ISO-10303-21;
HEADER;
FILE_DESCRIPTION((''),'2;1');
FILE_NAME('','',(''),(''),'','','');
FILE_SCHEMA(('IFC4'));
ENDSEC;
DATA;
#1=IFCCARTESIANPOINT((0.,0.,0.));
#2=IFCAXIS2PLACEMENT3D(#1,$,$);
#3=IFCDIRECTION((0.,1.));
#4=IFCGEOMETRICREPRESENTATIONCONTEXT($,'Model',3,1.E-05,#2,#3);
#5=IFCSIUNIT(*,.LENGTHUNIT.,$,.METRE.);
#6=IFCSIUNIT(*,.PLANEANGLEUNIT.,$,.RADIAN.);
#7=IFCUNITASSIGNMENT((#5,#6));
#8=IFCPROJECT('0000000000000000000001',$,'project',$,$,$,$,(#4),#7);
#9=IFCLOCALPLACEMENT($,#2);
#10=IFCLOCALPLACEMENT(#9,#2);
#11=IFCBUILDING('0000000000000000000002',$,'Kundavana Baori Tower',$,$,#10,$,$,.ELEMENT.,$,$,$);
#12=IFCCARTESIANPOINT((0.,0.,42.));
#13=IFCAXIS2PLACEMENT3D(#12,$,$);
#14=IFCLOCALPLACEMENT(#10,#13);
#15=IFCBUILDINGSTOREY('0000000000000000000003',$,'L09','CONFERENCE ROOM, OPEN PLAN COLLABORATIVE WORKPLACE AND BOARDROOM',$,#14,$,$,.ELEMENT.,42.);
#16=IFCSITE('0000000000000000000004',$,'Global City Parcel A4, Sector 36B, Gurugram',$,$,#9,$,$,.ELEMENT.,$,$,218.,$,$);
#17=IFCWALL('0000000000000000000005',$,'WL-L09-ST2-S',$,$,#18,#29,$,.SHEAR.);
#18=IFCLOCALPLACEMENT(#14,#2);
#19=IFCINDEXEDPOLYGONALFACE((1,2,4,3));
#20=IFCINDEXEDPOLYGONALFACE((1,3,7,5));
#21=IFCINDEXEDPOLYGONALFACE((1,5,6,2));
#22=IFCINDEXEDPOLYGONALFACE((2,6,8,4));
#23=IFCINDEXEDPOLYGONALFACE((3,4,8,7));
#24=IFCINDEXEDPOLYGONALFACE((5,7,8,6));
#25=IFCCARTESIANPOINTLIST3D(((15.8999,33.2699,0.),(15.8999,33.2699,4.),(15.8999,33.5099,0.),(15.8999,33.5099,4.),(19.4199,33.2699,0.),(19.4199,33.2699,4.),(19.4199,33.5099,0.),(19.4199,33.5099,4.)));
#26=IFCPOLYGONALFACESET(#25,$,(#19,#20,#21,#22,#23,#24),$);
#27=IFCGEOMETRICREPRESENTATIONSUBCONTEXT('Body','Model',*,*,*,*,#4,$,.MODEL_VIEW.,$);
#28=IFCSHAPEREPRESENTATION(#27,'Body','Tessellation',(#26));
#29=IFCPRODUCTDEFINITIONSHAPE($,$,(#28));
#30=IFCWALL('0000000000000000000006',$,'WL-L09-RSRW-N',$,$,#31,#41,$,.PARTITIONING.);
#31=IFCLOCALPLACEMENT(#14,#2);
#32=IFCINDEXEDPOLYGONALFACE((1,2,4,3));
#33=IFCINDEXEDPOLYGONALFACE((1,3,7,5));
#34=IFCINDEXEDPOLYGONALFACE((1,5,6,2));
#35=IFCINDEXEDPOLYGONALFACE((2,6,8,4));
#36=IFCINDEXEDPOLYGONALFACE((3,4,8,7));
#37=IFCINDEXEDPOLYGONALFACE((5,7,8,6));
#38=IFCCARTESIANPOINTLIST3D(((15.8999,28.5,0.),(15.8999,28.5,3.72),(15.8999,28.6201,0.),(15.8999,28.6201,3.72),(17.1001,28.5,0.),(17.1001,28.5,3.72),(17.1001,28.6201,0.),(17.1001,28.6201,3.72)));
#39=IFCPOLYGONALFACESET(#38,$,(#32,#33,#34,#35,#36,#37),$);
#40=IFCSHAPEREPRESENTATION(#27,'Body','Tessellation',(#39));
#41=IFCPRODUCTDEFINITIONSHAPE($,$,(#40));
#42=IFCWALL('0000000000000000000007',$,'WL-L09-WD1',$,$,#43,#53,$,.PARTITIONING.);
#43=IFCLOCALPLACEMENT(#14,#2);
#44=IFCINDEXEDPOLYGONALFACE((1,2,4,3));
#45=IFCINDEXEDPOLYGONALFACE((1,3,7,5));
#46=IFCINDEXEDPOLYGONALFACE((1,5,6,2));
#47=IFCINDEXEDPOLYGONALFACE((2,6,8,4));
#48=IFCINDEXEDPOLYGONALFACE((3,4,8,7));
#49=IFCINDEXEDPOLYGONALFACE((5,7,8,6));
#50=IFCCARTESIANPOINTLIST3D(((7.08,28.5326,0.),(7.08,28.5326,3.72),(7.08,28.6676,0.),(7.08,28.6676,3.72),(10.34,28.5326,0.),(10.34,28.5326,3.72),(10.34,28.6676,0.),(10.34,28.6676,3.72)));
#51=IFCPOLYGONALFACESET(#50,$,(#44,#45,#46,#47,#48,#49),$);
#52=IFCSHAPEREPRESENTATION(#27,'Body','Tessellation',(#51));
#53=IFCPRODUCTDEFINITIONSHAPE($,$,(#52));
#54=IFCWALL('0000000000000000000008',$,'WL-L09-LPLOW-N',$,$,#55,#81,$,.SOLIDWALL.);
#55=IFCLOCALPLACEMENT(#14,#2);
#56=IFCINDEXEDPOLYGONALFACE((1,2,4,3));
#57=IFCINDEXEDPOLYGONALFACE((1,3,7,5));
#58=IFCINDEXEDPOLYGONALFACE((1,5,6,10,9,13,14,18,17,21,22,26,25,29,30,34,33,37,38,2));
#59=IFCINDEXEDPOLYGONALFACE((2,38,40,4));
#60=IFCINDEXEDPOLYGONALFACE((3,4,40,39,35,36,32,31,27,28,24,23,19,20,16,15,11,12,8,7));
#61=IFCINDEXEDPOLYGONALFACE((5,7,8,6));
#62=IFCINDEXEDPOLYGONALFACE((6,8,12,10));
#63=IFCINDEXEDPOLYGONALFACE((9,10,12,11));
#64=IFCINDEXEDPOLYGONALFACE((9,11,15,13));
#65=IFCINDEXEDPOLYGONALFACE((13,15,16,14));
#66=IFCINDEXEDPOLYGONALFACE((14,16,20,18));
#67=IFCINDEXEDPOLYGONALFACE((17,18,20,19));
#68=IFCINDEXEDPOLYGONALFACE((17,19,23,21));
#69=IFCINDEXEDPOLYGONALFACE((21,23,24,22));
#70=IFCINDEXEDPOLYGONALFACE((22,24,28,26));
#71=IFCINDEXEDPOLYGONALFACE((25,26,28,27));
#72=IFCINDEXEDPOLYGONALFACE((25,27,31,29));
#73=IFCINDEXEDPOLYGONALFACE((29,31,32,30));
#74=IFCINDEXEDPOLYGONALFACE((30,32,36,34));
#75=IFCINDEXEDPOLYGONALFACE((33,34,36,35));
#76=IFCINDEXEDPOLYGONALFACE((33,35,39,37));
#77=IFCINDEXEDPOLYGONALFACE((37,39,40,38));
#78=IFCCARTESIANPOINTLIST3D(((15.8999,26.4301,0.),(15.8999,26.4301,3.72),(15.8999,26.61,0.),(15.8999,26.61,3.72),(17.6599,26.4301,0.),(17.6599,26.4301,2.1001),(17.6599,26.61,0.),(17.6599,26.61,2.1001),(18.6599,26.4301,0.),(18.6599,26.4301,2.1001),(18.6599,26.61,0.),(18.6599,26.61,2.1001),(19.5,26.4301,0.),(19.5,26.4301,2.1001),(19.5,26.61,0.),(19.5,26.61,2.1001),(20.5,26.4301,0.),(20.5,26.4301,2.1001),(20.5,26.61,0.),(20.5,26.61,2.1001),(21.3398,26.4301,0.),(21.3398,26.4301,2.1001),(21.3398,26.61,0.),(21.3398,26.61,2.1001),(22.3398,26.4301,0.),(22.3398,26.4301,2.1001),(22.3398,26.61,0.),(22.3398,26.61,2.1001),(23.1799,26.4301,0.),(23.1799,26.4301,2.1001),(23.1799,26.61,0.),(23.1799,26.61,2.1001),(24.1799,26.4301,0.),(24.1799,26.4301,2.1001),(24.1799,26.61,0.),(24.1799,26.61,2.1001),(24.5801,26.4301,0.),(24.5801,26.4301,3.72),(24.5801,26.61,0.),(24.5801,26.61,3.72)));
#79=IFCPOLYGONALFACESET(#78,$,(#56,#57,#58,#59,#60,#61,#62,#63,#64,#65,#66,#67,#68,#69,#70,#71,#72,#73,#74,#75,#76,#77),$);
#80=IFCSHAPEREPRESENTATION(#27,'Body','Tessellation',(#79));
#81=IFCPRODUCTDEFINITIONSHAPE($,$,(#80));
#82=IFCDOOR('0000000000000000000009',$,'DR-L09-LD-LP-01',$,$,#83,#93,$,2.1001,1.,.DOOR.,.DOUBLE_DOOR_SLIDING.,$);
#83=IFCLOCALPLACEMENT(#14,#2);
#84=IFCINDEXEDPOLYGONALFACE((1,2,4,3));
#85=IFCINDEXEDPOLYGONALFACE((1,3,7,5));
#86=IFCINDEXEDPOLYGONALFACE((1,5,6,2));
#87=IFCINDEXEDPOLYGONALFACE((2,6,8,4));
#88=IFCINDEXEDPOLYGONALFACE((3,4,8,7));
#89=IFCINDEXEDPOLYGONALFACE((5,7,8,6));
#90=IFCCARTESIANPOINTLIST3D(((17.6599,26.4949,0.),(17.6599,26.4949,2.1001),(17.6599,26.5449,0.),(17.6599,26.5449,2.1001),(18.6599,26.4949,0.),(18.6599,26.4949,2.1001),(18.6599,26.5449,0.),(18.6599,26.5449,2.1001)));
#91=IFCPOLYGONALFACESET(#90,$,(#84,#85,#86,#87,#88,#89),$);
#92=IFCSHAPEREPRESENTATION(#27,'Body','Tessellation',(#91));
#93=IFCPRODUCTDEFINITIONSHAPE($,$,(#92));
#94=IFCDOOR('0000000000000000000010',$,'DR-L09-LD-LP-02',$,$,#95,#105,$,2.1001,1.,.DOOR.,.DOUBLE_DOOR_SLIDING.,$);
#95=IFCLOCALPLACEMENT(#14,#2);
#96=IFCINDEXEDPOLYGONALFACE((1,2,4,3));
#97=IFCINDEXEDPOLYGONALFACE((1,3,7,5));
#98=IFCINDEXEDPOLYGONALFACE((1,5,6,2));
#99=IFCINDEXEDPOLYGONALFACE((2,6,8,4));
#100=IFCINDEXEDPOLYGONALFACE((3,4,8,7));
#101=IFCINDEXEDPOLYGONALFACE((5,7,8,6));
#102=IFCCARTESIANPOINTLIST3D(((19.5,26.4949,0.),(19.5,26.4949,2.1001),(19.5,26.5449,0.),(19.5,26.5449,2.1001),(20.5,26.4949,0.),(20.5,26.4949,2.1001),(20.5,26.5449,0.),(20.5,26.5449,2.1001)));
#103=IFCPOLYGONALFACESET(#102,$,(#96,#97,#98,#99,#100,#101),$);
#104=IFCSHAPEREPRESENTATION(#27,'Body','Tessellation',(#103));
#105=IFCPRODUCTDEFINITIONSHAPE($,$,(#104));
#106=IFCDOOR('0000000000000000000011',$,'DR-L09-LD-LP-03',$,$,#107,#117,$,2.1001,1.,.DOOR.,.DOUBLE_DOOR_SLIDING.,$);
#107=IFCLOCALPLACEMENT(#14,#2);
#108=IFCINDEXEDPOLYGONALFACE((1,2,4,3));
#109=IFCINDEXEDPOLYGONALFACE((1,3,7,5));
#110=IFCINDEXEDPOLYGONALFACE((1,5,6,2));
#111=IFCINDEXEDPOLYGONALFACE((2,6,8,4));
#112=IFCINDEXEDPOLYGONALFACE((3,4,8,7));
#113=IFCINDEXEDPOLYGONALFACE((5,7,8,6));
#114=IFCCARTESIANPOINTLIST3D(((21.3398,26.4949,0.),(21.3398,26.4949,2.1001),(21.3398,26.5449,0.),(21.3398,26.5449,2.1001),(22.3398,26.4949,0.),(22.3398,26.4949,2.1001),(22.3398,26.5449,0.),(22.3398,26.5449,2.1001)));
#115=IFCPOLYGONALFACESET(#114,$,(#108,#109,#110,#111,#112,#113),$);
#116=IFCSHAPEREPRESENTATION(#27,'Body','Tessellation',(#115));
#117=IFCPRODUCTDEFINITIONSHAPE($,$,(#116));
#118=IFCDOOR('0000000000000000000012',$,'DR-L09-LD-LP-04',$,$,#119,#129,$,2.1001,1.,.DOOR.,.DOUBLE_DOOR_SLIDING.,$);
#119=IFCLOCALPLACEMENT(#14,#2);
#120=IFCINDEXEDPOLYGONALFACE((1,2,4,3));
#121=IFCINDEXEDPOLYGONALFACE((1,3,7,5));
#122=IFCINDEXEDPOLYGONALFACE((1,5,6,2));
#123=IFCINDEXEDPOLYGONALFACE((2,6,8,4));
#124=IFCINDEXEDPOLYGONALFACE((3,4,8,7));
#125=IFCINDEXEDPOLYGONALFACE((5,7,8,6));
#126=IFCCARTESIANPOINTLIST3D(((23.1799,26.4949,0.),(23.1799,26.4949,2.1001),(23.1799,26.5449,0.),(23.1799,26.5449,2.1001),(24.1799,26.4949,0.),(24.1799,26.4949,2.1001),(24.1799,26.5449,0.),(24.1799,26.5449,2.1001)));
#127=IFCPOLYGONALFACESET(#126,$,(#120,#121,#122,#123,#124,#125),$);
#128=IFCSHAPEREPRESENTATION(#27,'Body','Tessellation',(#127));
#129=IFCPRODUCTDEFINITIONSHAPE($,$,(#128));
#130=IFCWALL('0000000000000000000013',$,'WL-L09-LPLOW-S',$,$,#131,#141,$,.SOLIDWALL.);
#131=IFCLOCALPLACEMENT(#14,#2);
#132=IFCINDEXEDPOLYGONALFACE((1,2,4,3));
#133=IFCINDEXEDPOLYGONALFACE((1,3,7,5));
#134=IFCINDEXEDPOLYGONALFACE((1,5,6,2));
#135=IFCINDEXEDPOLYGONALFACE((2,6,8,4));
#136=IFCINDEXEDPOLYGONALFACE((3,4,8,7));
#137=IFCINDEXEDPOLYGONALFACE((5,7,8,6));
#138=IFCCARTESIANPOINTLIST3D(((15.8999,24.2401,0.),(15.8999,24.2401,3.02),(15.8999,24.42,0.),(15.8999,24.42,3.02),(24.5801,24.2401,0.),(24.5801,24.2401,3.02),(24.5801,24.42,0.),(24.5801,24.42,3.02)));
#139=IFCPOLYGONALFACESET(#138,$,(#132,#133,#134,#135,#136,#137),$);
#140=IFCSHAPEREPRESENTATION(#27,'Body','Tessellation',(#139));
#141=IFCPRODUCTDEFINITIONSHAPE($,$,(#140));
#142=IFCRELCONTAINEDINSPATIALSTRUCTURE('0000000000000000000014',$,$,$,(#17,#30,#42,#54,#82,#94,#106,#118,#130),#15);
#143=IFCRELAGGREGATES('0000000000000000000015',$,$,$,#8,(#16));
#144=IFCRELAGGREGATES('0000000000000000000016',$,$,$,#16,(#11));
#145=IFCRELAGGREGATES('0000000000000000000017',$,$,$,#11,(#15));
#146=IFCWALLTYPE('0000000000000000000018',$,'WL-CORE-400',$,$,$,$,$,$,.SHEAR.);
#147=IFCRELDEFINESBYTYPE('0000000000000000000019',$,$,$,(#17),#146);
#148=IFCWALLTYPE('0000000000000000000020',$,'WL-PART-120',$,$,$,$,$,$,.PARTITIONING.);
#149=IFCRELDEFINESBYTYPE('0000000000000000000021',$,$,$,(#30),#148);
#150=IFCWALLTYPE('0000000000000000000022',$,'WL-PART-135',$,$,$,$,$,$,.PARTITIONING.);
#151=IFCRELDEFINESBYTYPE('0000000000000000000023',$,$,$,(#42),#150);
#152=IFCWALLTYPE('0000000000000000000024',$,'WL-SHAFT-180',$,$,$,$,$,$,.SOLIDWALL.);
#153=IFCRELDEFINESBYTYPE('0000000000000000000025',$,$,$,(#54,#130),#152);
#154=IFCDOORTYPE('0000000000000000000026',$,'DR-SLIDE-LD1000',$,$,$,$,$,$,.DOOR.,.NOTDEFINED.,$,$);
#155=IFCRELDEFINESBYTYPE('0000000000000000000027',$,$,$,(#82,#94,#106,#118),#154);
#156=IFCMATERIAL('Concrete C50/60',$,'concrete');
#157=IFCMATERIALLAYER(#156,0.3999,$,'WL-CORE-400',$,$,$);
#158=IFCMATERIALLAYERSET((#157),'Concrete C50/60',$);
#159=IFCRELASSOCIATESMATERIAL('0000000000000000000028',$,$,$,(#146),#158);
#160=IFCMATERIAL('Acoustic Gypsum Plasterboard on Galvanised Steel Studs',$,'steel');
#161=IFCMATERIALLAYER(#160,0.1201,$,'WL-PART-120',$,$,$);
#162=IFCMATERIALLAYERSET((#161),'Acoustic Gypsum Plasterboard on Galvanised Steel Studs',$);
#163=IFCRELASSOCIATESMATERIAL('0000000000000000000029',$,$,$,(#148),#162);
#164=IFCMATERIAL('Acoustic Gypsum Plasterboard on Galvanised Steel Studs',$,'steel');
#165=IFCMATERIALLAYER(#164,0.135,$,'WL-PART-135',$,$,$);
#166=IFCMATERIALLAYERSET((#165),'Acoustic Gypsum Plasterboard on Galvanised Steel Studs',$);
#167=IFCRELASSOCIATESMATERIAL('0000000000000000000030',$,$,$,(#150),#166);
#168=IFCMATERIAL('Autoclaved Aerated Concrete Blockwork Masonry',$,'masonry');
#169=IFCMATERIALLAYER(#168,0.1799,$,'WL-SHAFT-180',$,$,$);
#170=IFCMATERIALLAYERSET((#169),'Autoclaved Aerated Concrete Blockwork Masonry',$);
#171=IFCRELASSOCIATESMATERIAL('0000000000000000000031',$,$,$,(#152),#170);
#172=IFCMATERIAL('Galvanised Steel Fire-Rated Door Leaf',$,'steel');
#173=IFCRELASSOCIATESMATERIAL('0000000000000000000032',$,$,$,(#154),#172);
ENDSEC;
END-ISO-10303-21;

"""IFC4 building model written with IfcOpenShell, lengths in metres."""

from ifc_helpers import new_model, si_unit, direction, frame, frame_2d, origin, place, context, subcontext, project, spatial, rectangle, extrude, material, layer, layer_set, type_object, element, fill, save


model = new_model("IFC4")

# Units and contexts
model_context = context("Model", 3, precision=1e-05, world=origin(), true_north=direction((0.0, 1.0)))
body_context = subcontext(model_context, "Body", "Model", "MODEL_VIEW")
ifc_project = project(units=[si_unit("LENGTHUNIT", "METRE"), si_unit("PLANEANGLEUNIT", "RADIAN")], contexts=[model_context])

# Site, building, storey
site_placement = place(None, origin())
site = spatial("IfcSite", under=ifc_project, at=site_placement, Name="Global City Parcel A4, Sector 36B, Gurugram", CompositionType="ELEMENT", RefElevation=218.0)
building_placement = place(site_placement, origin())
building = spatial("IfcBuilding", under=site, at=building_placement, Name="Kundavana Baori Tower", CompositionType="ELEMENT")
storey_placement = place(building_placement, frame((0.0, 0.0, 42.0)))
storey = spatial("IfcBuildingStorey", under=building, at=storey_placement, Name="L09", Description="CONFERENCE ROOM, OPEN PLAN COLLABORATIVE WORKPLACE AND BOARDROOM", CompositionType="ELEMENT", Elevation=42.0)

# Walls
ifc_material_1 = material(Name="Concrete C50/60", Category="concrete")
ifc_layer_1 = layer(ifc_material_1, 0.3999, Name="WL-CORE-400")
ifc_layer_set_1 = layer_set([ifc_layer_1], Name="Concrete C50/60")
wall_type_1 = type_object("IfcWallType", Name="WL-CORE-400", PredefinedType="SHEAR", material=ifc_layer_set_1)
wall_1_placement = place(storey_placement, frame((15.8999, 33.3899, 0.0), z_axis=(0.0, 0.0, 1.0), x_axis=(1.0, 0.0, 0.0)))
element("IfcWall", 1, at=wall_1_placement, inside=storey, type_object=wall_type_1, Name="WL-L09-ST2-S", PredefinedType="SHEAR", context=body_context, shape_type="SweptSolid", body=[
    extrude(rectangle(XDim=3.52, YDim=0.24, at=frame_2d((1.76, 0.0))), origin(), (0.0, 0.0, 1.0), 4.0),
])
ifc_material_2 = material(Name="Acoustic Gypsum Plasterboard on Galvanised Steel Studs", Category="steel")
ifc_layer_2 = layer(ifc_material_2, 0.1201, Name="WL-PART-120")
ifc_layer_set_2 = layer_set([ifc_layer_2], Name="Acoustic Gypsum Plasterboard on Galvanised Steel Studs")
wall_type_2 = type_object("IfcWallType", Name="WL-PART-120", PredefinedType="PARTITIONING", material=ifc_layer_set_2)
wall_2_placement = place(storey_placement, frame((15.8999, 28.5601, 0.0), z_axis=(0.0, 0.0, 1.0), x_axis=(1.0, 0.0, 0.0)))
element("IfcWall", 2, at=wall_2_placement, inside=storey, type_object=wall_type_2, Name="WL-L09-RSRW-N", PredefinedType="PARTITIONING", context=body_context, shape_type="SweptSolid", body=[
    extrude(rectangle(XDim=1.2002, YDim=0.1201, at=frame_2d((0.6001, 0.0))), origin(), (0.0, 0.0, 1.0), 3.72),
])
ifc_material_3 = material(Name="Acoustic Gypsum Plasterboard on Galvanised Steel Studs", Category="steel")
ifc_layer_3 = layer(ifc_material_3, 0.135, Name="WL-PART-135")
ifc_layer_set_3 = layer_set([ifc_layer_3], Name="Acoustic Gypsum Plasterboard on Galvanised Steel Studs")
wall_type_3 = type_object("IfcWallType", Name="WL-PART-135", PredefinedType="PARTITIONING", material=ifc_layer_set_3)
wall_3_placement = place(storey_placement, frame((7.0801, 28.6001, 0.0), z_axis=(0.0, 0.0, 1.0), x_axis=(1.0, 0.0, 0.0)))
element("IfcWall", 3, at=wall_3_placement, inside=storey, type_object=wall_type_3, Name="WL-L09-WD1", PredefinedType="PARTITIONING", context=body_context, shape_type="SweptSolid", body=[
    extrude(rectangle(XDim=3.26, YDim=0.135, at=frame_2d((1.6299, 0.0))), origin(), (0.0, 0.0, 1.0), 3.72),
])

# Wall, openings, doors
ifc_material_4 = material(Name="Autoclaved Aerated Concrete Blockwork Masonry", Category="masonry")
ifc_layer_4 = layer(ifc_material_4, 0.1799, Name="WL-SHAFT-180")
ifc_layer_set_4 = layer_set([ifc_layer_4], Name="Autoclaved Aerated Concrete Blockwork Masonry")
wall_type_4 = type_object("IfcWallType", Name="WL-SHAFT-180", PredefinedType="SOLIDWALL", material=ifc_layer_set_4)
wall_4_placement = place(storey_placement, frame((15.8999, 26.52, 0.0), z_axis=(0.0, 0.0, 1.0), x_axis=(1.0, 0.0, 0.0)))
wall_4 = element("IfcWall", 4, at=wall_4_placement, inside=storey, type_object=wall_type_4, Name="WL-L09-LPLOW-N", PredefinedType="SOLIDWALL", context=body_context, shape_type="SweptSolid", body=[
    extrude(rectangle(XDim=8.6802, YDim=0.1799, at=frame_2d((4.3401, 0.0))), origin(), (0.0, 0.0, 1.0), 3.72),
])
opening_1_placement = place(wall_4_placement, frame((1.76, 0.0, 0.0)))
opening_1 = element("IfcOpeningElement", 5, at=opening_1_placement, cuts=wall_4, PredefinedType="OPENING", context=body_context, shape_type="SweptSolid", body=[
    extrude(rectangle(XDim=1.0, YDim=2.1001, at=frame_2d((0.5, 1.05))), frame((0.0, 0.1001, 0.0), z_axis=(0.0, -1.0, 0.0), x_axis=(1.0, 0.0, 0.0)), (0.0, 0.0, 1.0), 0.2),
])
opening_2_placement = place(wall_4_placement, frame((3.6001, 0.0, 0.0)))
opening_2 = element("IfcOpeningElement", 6, at=opening_2_placement, cuts=wall_4, PredefinedType="OPENING", context=body_context, shape_type="SweptSolid", body=[
    extrude(rectangle(XDim=1.0, YDim=2.1001, at=frame_2d((0.5, 1.05))), frame((0.0, 0.1001, 0.0), z_axis=(0.0, -1.0, 0.0), x_axis=(1.0, 0.0, 0.0)), (0.0, 0.0, 1.0), 0.2),
])
opening_3_placement = place(wall_4_placement, frame((5.4399, 0.0, 0.0)))
opening_3 = element("IfcOpeningElement", 7, at=opening_3_placement, cuts=wall_4, PredefinedType="OPENING", context=body_context, shape_type="SweptSolid", body=[
    extrude(rectangle(XDim=1.0, YDim=2.1001, at=frame_2d((0.5, 1.05))), frame((0.0, 0.1001, 0.0), z_axis=(0.0, -1.0, 0.0), x_axis=(1.0, 0.0, 0.0)), (0.0, 0.0, 1.0), 0.2),
])
opening_4_placement = place(wall_4_placement, frame((7.28, 0.0, 0.0)))
opening_4 = element("IfcOpeningElement", 8, at=opening_4_placement, cuts=wall_4, PredefinedType="OPENING", context=body_context, shape_type="SweptSolid", body=[
    extrude(rectangle(XDim=1.0, YDim=2.1001, at=frame_2d((0.5, 1.05))), frame((0.0, 0.1001, 0.0), z_axis=(0.0, -1.0, 0.0), x_axis=(1.0, 0.0, 0.0)), (0.0, 0.0, 1.0), 0.2),
])
ifc_material_5 = material(Name="Galvanised Steel Fire-Rated Door Leaf", Category="steel")
door_type = type_object("IfcDoorType", Name="DR-SLIDE-LD1000", OperationType="NOTDEFINED", PredefinedType="DOOR", material=ifc_material_5)
door_1_placement = place(opening_1_placement, origin())
door_1 = element("IfcDoor", 9, at=door_1_placement, inside=storey, type_object=door_type, Name="DR-L09-LD-LP-01", OperationType="DOUBLE_DOOR_SLIDING", OverallHeight=2.1001, OverallWidth=1.0, PredefinedType="DOOR", context=body_context, shape_type="SweptSolid", body=[
    extrude(rectangle(XDim=1.0, YDim=2.1001, at=frame_2d((0.5, 1.05))), frame((0.0, 0.0249, 0.0), z_axis=(0.0, -1.0, 0.0), x_axis=(1.0, 0.0, 0.0)), (0.0, 0.0, 1.0), 0.05),
])
fill(opening_1, door_1)
door_2_placement = place(opening_2_placement, origin())
door_2 = element("IfcDoor", 10, at=door_2_placement, inside=storey, type_object=door_type, Name="DR-L09-LD-LP-02", OperationType="DOUBLE_DOOR_SLIDING", OverallHeight=2.1001, OverallWidth=1.0, PredefinedType="DOOR", context=body_context, shape_type="SweptSolid", body=[
    extrude(rectangle(XDim=1.0, YDim=2.1001, at=frame_2d((0.5, 1.05))), frame((0.0, 0.0249, 0.0), z_axis=(0.0, -1.0, 0.0), x_axis=(1.0, 0.0, 0.0)), (0.0, 0.0, 1.0), 0.05),
])
fill(opening_2, door_2)
door_3_placement = place(opening_3_placement, origin())
door_3 = element("IfcDoor", 11, at=door_3_placement, inside=storey, type_object=door_type, Name="DR-L09-LD-LP-03", OperationType="DOUBLE_DOOR_SLIDING", OverallHeight=2.1001, OverallWidth=1.0, PredefinedType="DOOR", context=body_context, shape_type="SweptSolid", body=[
    extrude(rectangle(XDim=1.0, YDim=2.1001, at=frame_2d((0.5, 1.05))), frame((0.0, 0.0249, 0.0), z_axis=(0.0, -1.0, 0.0), x_axis=(1.0, 0.0, 0.0)), (0.0, 0.0, 1.0), 0.05),
])
fill(opening_3, door_3)
door_4_placement = place(opening_4_placement, origin())
door_4 = element("IfcDoor", 12, at=door_4_placement, inside=storey, type_object=door_type, Name="DR-L09-LD-LP-04", OperationType="DOUBLE_DOOR_SLIDING", OverallHeight=2.1001, OverallWidth=1.0, PredefinedType="DOOR", context=body_context, shape_type="SweptSolid", body=[
    extrude(rectangle(XDim=1.0, YDim=2.1001, at=frame_2d((0.5, 1.05))), frame((0.0, 0.0249, 0.0), z_axis=(0.0, -1.0, 0.0), x_axis=(1.0, 0.0, 0.0)), (0.0, 0.0, 1.0), 0.05),
])
fill(opening_4, door_4)

# Wall
wall_5_placement = place(storey_placement, frame((15.8999, 24.3301, 0.0), z_axis=(0.0, 0.0, 1.0), x_axis=(1.0, 0.0, 0.0)))
element("IfcWall", 13, at=wall_5_placement, inside=storey, type_object=wall_type_4, Name="WL-L09-LPLOW-S", PredefinedType="SOLIDWALL", context=body_context, shape_type="SweptSolid", body=[
    extrude(rectangle(XDim=8.6802, YDim=0.1799, at=frame_2d((4.3401, 0.0))), origin(), (0.0, 0.0, 1.0), 3.02),
])

save(model, "model.ifc")
